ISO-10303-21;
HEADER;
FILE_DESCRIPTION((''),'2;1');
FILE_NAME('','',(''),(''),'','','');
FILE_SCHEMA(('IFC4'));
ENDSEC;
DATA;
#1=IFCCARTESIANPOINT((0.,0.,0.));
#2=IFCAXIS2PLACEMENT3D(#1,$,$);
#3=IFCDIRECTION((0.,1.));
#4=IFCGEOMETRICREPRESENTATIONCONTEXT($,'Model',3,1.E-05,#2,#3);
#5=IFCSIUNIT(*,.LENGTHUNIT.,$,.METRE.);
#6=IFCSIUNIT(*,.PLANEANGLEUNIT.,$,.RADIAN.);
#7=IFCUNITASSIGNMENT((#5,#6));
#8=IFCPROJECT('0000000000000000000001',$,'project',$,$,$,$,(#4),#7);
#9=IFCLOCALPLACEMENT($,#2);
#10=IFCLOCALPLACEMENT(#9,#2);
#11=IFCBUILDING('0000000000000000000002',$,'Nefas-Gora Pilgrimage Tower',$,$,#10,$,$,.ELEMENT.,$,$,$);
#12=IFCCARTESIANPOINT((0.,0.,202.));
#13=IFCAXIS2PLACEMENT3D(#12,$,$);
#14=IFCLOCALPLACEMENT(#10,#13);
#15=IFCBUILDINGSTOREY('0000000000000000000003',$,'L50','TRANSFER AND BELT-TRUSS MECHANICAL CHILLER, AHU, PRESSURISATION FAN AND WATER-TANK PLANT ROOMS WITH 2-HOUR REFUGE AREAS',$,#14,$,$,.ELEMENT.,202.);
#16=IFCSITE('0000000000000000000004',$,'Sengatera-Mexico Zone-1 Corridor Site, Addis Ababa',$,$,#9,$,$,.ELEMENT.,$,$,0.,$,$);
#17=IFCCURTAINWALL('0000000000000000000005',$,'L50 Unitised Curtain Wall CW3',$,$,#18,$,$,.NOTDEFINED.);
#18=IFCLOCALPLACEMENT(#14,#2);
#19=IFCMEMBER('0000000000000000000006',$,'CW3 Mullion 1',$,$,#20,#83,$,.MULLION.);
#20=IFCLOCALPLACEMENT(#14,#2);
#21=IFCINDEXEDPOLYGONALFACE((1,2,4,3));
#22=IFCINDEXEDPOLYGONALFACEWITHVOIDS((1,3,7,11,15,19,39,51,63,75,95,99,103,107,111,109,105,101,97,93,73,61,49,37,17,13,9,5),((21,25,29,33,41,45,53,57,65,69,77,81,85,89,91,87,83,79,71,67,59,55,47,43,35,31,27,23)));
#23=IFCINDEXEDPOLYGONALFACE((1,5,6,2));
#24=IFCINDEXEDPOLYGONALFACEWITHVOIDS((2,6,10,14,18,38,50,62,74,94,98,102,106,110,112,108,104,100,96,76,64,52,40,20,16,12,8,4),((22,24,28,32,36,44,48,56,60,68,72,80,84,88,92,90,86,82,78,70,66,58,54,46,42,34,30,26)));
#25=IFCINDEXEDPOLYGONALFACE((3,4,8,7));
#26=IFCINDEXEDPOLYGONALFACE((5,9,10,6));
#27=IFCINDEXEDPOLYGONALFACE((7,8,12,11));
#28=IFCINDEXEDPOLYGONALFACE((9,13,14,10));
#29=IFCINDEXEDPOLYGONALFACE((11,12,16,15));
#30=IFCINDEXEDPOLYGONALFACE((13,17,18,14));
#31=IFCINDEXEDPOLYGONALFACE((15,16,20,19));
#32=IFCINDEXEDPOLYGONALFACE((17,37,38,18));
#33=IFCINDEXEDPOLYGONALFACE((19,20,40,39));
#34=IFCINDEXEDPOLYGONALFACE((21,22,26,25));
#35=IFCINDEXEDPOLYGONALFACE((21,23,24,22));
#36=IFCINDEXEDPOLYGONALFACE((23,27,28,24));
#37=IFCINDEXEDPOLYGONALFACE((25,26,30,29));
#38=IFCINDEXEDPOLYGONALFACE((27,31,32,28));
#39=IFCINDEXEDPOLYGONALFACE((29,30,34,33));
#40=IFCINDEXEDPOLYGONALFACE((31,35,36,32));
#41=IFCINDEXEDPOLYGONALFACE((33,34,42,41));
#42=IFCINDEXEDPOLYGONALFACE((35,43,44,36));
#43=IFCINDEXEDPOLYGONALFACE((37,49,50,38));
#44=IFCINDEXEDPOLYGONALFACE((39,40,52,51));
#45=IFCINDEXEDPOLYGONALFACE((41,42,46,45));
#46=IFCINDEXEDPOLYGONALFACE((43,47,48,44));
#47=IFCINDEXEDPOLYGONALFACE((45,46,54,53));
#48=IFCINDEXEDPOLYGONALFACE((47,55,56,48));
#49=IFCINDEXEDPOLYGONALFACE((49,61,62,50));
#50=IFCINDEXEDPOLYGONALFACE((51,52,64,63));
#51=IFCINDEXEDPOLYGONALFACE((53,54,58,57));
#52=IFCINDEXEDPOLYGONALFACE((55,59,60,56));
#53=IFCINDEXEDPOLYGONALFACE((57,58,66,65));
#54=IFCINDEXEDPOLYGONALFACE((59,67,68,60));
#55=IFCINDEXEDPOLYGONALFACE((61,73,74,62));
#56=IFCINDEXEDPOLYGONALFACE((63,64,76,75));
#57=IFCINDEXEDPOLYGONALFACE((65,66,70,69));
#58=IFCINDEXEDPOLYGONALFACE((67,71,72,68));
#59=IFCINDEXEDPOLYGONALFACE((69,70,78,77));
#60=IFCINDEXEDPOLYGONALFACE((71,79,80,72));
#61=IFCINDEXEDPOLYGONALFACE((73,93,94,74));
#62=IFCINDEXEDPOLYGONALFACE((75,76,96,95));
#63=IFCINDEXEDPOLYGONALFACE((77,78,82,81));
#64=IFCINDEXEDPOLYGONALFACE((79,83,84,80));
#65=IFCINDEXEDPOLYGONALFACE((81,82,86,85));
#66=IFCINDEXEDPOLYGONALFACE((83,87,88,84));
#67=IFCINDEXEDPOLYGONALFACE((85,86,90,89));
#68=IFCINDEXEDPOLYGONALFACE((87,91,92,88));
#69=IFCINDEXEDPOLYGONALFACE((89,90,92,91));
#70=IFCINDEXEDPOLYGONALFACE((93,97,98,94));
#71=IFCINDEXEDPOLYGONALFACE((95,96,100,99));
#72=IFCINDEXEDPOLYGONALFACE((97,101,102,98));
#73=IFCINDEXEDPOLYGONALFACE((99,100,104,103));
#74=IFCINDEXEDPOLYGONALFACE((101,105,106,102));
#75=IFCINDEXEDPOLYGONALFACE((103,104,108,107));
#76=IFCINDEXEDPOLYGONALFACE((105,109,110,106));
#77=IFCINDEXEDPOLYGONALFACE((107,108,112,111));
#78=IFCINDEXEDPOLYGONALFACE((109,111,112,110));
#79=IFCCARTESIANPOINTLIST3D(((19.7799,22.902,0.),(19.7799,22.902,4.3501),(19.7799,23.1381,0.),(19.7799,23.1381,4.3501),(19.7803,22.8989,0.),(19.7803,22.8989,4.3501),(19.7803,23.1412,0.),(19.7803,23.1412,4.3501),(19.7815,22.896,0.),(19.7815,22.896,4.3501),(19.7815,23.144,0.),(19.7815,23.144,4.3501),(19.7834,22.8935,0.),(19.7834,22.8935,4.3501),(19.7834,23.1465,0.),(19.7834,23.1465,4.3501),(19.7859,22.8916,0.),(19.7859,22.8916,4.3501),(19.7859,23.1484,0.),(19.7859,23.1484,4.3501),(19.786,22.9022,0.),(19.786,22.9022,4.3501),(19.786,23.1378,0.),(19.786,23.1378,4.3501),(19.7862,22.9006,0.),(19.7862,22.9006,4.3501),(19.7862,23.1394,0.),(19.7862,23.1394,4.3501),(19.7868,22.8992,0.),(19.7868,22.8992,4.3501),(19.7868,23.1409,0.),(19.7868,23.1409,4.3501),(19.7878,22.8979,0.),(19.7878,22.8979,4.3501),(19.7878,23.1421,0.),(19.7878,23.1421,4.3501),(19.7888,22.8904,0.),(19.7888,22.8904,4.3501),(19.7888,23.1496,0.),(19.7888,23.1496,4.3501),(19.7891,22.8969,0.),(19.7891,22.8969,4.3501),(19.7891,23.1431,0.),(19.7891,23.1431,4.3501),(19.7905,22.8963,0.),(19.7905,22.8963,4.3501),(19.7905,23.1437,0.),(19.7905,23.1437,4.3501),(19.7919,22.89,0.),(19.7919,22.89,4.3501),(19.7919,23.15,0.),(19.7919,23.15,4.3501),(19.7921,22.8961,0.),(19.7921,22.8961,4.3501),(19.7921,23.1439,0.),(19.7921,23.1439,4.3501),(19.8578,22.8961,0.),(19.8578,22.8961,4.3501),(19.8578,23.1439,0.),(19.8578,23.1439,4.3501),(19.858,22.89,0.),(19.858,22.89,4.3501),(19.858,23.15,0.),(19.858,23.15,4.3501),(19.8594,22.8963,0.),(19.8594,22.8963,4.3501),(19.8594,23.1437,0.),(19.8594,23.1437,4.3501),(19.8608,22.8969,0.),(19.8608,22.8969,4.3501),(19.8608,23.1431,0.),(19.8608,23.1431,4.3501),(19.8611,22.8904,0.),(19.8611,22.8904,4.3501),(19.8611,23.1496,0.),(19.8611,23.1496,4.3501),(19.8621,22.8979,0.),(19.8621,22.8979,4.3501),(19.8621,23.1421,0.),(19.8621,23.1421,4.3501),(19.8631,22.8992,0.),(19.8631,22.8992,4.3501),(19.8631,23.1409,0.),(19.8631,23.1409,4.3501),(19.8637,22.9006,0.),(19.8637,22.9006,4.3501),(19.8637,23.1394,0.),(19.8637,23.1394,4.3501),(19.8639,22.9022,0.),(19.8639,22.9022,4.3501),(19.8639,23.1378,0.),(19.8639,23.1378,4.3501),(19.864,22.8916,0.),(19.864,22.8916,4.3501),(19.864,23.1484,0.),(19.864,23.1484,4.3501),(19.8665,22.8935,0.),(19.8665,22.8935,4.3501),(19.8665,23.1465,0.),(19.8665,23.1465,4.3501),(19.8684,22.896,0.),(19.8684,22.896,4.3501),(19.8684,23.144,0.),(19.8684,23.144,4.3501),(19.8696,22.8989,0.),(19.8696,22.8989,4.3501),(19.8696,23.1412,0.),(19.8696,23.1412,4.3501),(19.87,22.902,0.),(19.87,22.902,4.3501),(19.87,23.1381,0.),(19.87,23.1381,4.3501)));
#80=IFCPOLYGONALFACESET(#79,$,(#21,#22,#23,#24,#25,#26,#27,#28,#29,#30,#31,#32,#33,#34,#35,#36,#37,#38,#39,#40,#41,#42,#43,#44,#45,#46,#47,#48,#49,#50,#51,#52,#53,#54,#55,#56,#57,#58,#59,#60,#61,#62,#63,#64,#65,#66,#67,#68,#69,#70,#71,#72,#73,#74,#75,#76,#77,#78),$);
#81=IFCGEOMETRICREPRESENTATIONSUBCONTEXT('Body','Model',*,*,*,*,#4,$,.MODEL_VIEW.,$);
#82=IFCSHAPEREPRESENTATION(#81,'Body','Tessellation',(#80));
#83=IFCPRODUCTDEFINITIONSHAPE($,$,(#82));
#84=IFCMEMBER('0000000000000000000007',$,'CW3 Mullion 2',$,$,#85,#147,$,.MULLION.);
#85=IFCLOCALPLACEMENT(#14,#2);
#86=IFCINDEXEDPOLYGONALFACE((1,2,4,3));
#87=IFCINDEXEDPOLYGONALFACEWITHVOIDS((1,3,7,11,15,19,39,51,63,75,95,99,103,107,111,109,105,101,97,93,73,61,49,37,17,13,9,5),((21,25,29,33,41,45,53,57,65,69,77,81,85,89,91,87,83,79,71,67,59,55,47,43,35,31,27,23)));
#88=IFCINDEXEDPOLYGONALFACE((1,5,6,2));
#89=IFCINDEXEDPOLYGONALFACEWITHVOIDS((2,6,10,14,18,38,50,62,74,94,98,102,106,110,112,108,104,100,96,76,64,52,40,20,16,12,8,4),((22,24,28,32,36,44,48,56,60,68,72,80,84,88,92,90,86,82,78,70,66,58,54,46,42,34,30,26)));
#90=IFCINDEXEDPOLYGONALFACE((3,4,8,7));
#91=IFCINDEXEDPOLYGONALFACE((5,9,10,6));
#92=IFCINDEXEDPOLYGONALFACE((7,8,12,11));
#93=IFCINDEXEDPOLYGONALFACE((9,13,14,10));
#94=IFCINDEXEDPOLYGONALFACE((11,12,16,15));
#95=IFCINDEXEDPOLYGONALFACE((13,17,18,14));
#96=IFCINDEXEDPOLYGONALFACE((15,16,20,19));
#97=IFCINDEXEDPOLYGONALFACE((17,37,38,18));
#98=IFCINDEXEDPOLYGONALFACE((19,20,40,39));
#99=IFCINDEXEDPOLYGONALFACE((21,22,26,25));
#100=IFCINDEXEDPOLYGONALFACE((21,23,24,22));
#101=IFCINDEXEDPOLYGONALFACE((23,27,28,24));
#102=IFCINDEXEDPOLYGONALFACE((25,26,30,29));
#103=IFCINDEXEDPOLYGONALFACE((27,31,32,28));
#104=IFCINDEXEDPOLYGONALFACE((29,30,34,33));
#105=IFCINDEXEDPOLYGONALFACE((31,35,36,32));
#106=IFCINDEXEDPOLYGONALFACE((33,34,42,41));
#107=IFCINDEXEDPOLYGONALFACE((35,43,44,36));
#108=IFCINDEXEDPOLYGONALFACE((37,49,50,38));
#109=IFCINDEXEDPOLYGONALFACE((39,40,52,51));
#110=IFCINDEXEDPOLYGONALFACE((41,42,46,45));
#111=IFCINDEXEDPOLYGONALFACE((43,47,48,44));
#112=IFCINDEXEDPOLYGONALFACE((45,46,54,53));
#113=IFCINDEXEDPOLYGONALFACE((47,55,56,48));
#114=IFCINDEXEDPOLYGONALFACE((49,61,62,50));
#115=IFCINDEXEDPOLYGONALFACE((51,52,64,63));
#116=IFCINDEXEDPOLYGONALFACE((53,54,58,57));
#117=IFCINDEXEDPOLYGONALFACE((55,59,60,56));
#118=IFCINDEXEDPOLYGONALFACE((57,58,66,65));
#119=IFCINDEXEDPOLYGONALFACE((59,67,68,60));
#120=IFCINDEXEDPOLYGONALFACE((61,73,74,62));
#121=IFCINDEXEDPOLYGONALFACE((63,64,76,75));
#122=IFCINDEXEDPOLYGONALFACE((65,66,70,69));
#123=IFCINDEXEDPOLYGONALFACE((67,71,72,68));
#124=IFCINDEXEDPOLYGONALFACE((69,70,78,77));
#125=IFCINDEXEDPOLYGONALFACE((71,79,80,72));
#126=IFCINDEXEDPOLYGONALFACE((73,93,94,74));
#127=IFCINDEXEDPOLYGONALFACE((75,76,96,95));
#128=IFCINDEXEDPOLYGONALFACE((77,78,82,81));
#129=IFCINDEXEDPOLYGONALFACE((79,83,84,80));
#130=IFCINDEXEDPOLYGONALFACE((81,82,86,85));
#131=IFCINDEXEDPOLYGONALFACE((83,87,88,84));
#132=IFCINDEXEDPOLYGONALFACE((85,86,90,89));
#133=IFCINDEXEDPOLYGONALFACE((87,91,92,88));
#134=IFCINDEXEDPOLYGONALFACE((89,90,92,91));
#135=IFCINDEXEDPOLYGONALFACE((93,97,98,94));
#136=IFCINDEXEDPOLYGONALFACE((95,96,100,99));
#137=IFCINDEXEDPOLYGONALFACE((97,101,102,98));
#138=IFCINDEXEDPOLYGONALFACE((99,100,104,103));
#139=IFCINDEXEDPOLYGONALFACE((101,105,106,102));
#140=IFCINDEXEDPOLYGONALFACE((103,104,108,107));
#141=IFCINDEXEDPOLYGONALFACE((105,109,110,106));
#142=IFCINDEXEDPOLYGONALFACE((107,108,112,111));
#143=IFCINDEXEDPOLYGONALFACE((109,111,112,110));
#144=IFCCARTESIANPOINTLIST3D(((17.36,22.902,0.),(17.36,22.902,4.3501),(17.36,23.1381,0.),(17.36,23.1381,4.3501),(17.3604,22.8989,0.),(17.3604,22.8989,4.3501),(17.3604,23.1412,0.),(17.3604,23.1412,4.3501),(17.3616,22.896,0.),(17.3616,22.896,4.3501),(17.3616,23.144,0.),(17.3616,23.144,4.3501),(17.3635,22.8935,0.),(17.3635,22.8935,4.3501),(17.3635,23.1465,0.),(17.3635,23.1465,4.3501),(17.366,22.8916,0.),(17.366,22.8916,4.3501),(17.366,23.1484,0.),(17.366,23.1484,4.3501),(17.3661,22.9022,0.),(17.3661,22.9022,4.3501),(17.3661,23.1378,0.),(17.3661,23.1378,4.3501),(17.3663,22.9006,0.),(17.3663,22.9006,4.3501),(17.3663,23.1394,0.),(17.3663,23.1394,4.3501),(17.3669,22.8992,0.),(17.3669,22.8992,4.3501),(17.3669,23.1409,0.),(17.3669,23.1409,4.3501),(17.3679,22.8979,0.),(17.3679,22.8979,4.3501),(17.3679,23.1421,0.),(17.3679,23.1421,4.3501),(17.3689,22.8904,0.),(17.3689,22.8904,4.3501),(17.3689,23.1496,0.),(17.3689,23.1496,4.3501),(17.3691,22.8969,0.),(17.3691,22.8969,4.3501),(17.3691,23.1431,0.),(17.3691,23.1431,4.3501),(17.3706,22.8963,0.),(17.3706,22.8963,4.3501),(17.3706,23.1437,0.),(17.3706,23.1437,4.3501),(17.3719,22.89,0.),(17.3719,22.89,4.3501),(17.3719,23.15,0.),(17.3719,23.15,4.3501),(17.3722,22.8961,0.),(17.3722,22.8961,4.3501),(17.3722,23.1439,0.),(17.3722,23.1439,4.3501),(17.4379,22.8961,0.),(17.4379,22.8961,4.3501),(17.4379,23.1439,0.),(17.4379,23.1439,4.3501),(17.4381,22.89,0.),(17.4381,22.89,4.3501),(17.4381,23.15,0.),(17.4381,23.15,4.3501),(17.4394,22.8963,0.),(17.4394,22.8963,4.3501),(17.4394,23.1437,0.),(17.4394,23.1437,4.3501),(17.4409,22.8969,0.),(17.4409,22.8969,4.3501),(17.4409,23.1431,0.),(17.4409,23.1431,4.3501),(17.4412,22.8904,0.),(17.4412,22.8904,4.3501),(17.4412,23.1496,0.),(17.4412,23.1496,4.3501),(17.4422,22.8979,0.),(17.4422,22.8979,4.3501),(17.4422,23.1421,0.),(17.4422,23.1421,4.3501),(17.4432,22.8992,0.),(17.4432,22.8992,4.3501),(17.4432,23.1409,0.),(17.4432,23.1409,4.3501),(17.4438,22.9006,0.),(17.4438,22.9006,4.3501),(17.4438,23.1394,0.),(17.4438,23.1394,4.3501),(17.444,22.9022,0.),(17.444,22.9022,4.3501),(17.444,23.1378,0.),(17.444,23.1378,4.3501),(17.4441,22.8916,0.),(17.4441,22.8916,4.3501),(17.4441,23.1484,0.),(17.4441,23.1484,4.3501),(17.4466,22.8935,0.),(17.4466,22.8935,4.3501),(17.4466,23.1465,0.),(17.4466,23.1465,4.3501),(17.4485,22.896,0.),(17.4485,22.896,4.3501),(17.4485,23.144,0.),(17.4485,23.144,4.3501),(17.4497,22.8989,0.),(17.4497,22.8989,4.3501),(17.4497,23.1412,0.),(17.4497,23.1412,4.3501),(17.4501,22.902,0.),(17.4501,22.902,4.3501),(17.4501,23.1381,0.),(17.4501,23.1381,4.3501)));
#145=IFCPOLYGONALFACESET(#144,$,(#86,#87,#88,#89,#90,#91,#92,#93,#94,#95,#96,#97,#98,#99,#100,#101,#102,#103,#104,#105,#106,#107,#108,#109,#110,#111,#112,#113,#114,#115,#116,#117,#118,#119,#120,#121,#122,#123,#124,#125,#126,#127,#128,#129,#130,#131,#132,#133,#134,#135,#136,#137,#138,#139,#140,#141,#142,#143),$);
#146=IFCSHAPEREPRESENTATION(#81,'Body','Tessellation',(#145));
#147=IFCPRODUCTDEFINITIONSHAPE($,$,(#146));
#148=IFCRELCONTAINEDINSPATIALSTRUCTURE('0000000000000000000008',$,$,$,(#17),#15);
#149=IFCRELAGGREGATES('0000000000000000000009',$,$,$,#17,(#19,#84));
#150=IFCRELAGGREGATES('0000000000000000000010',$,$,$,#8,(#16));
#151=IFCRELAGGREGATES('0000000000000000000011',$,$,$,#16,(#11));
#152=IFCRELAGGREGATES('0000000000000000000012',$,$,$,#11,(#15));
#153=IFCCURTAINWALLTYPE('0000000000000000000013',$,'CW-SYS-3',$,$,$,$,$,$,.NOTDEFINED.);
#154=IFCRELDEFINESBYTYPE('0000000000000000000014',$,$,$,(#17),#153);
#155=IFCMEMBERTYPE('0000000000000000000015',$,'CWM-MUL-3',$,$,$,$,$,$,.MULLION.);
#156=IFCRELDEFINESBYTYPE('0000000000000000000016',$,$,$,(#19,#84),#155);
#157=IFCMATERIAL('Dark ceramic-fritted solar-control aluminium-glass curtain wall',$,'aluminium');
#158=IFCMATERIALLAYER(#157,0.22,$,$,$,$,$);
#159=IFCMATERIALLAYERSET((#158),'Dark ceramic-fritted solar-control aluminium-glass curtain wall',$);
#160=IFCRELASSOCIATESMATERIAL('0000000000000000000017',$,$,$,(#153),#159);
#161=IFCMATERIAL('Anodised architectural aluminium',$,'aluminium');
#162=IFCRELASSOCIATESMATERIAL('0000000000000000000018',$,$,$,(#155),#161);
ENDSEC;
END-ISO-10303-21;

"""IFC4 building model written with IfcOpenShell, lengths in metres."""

from ifc_helpers import new_model, si_unit, direction, frame, origin, origin_2d, place, context, subcontext, project, spatial, hollow_rectangle, extrude, source, transform, mapped, material, layer, layer_set, material_profile, profile_set, type_object, element, aggregate, save


model = new_model("IFC4")

# Units and contexts
model_context = context("Model", 3, precision=1e-05, world=origin(), true_north=direction((0.0, 1.0)))
body_context = subcontext(model_context, "Body", "Model", "MODEL_VIEW")
ifc_project = project(units=[si_unit("LENGTHUNIT", "METRE"), si_unit("PLANEANGLEUNIT", "RADIAN")], contexts=[model_context])

# Site, building, storey
site_placement = place(None, origin())
site = spatial("IfcSite", under=ifc_project, at=site_placement, Name="Sengatera-Mexico Zone-1 Corridor Site, Addis Ababa", CompositionType="ELEMENT", RefElevation=0.0)
building_placement = place(site_placement, origin())
building = spatial("IfcBuilding", under=site, at=building_placement, Name="Nefas-Gora Pilgrimage Tower", CompositionType="ELEMENT")
storey_placement = place(building_placement, frame((0.0, 0.0, 202.0)))
storey = spatial("IfcBuildingStorey", under=building, at=storey_placement, Name="L50", Description="TRANSFER AND BELT-TRUSS MECHANICAL CHILLER, AHU, PRESSURISATION FAN AND WATER-TANK PLANT ROOMS WITH 2-HOUR REFUGE AREAS", CompositionType="ELEMENT", Elevation=202.0)

# Curtain wall, members
ifc_material_1 = material(Name="Dark ceramic-fritted solar-control aluminium-glass curtain wall", Category="aluminium")
ifc_layer_1 = layer(ifc_material_1, 0.22)
ifc_layer_set_1 = layer_set([ifc_layer_1], Name="Dark ceramic-fritted solar-control aluminium-glass curtain wall")
curtain_wall_type = type_object("IfcCurtainWallType", Name="CW-SYS-3", PredefinedType="NOTDEFINED", material=ifc_layer_set_1)
ifc_material_2 = material(Name="Anodised architectural aluminium", Category="aluminium")
ifc_material_profile_1 = material_profile(ifc_material_2, hollow_rectangle(XDim=0.0901, YDim=0.26, WallThickness=0.0061, InnerFilletRadius=0.0061, OuterFilletRadius=0.012, at=origin_2d()), Name="ALU MULLION 90x260")
ifc_profile_set_1 = profile_set([ifc_material_profile_1], Name="Anodised architectural aluminium")
member_type_1 = type_object("IfcMemberType", Name="CWM-MUL-3", PredefinedType="MULLION", material=ifc_profile_set_1)
shared_shape_1 = source(origin(), body_context, "Body", "SweptSolid", [
    extrude(hollow_rectangle(XDim=0.0901, YDim=0.26, WallThickness=0.0061, InnerFilletRadius=0.0061, OuterFilletRadius=0.012, at=origin_2d()), origin(), (0.0, 0.0, 1.0), 4.3501),
])
curtain_wall_1_placement = place(storey_placement, origin())
curtain_wall_1 = element("IfcCurtainWall", 1, at=curtain_wall_1_placement, inside=storey, type_object=curtain_wall_type, Name="L50 Unitised Curtain Wall CW3", PredefinedType="NOTDEFINED")
member_1_placement = place(storey_placement, frame((19.825, 23.02, 0.0), z_axis=(0.0, 0.0, 1.0), x_axis=(-1.0, 0.0, 0.0)))
member_1 = element("IfcMember", 2, at=member_1_placement, type_object=member_type_1, Name="CW3 Mullion 1", PredefinedType="MULLION", context=body_context, shape_type="MappedRepresentation", body=[
    mapped(shared_shape_1, transform((0.0, 0.0, 0.0), x_axis=(1.0, 0.0, 0.0), y_axis=(0.0, 1.0, 0.0), z_axis=(0.0, 0.0, 1.0), scale=1.0)),
])
member_2_placement = place(storey_placement, frame((17.405, 23.02, 0.0), z_axis=(0.0, 0.0, 1.0), x_axis=(-1.0, 0.0, 0.0)))
member_2 = element("IfcMember", 3, at=member_2_placement, type_object=member_type_1, Name="CW3 Mullion 2", PredefinedType="MULLION", context=body_context, shape_type="MappedRepresentation", body=[
    mapped(shared_shape_1, transform((0.0, 0.0, 0.0), x_axis=(1.0, 0.0, 0.0), y_axis=(0.0, 1.0, 0.0), z_axis=(0.0, 0.0, 1.0), scale=1.0)),
])

aggregate(curtain_wall_1, [member_1, member_2])

save(model, "model.ifc")
